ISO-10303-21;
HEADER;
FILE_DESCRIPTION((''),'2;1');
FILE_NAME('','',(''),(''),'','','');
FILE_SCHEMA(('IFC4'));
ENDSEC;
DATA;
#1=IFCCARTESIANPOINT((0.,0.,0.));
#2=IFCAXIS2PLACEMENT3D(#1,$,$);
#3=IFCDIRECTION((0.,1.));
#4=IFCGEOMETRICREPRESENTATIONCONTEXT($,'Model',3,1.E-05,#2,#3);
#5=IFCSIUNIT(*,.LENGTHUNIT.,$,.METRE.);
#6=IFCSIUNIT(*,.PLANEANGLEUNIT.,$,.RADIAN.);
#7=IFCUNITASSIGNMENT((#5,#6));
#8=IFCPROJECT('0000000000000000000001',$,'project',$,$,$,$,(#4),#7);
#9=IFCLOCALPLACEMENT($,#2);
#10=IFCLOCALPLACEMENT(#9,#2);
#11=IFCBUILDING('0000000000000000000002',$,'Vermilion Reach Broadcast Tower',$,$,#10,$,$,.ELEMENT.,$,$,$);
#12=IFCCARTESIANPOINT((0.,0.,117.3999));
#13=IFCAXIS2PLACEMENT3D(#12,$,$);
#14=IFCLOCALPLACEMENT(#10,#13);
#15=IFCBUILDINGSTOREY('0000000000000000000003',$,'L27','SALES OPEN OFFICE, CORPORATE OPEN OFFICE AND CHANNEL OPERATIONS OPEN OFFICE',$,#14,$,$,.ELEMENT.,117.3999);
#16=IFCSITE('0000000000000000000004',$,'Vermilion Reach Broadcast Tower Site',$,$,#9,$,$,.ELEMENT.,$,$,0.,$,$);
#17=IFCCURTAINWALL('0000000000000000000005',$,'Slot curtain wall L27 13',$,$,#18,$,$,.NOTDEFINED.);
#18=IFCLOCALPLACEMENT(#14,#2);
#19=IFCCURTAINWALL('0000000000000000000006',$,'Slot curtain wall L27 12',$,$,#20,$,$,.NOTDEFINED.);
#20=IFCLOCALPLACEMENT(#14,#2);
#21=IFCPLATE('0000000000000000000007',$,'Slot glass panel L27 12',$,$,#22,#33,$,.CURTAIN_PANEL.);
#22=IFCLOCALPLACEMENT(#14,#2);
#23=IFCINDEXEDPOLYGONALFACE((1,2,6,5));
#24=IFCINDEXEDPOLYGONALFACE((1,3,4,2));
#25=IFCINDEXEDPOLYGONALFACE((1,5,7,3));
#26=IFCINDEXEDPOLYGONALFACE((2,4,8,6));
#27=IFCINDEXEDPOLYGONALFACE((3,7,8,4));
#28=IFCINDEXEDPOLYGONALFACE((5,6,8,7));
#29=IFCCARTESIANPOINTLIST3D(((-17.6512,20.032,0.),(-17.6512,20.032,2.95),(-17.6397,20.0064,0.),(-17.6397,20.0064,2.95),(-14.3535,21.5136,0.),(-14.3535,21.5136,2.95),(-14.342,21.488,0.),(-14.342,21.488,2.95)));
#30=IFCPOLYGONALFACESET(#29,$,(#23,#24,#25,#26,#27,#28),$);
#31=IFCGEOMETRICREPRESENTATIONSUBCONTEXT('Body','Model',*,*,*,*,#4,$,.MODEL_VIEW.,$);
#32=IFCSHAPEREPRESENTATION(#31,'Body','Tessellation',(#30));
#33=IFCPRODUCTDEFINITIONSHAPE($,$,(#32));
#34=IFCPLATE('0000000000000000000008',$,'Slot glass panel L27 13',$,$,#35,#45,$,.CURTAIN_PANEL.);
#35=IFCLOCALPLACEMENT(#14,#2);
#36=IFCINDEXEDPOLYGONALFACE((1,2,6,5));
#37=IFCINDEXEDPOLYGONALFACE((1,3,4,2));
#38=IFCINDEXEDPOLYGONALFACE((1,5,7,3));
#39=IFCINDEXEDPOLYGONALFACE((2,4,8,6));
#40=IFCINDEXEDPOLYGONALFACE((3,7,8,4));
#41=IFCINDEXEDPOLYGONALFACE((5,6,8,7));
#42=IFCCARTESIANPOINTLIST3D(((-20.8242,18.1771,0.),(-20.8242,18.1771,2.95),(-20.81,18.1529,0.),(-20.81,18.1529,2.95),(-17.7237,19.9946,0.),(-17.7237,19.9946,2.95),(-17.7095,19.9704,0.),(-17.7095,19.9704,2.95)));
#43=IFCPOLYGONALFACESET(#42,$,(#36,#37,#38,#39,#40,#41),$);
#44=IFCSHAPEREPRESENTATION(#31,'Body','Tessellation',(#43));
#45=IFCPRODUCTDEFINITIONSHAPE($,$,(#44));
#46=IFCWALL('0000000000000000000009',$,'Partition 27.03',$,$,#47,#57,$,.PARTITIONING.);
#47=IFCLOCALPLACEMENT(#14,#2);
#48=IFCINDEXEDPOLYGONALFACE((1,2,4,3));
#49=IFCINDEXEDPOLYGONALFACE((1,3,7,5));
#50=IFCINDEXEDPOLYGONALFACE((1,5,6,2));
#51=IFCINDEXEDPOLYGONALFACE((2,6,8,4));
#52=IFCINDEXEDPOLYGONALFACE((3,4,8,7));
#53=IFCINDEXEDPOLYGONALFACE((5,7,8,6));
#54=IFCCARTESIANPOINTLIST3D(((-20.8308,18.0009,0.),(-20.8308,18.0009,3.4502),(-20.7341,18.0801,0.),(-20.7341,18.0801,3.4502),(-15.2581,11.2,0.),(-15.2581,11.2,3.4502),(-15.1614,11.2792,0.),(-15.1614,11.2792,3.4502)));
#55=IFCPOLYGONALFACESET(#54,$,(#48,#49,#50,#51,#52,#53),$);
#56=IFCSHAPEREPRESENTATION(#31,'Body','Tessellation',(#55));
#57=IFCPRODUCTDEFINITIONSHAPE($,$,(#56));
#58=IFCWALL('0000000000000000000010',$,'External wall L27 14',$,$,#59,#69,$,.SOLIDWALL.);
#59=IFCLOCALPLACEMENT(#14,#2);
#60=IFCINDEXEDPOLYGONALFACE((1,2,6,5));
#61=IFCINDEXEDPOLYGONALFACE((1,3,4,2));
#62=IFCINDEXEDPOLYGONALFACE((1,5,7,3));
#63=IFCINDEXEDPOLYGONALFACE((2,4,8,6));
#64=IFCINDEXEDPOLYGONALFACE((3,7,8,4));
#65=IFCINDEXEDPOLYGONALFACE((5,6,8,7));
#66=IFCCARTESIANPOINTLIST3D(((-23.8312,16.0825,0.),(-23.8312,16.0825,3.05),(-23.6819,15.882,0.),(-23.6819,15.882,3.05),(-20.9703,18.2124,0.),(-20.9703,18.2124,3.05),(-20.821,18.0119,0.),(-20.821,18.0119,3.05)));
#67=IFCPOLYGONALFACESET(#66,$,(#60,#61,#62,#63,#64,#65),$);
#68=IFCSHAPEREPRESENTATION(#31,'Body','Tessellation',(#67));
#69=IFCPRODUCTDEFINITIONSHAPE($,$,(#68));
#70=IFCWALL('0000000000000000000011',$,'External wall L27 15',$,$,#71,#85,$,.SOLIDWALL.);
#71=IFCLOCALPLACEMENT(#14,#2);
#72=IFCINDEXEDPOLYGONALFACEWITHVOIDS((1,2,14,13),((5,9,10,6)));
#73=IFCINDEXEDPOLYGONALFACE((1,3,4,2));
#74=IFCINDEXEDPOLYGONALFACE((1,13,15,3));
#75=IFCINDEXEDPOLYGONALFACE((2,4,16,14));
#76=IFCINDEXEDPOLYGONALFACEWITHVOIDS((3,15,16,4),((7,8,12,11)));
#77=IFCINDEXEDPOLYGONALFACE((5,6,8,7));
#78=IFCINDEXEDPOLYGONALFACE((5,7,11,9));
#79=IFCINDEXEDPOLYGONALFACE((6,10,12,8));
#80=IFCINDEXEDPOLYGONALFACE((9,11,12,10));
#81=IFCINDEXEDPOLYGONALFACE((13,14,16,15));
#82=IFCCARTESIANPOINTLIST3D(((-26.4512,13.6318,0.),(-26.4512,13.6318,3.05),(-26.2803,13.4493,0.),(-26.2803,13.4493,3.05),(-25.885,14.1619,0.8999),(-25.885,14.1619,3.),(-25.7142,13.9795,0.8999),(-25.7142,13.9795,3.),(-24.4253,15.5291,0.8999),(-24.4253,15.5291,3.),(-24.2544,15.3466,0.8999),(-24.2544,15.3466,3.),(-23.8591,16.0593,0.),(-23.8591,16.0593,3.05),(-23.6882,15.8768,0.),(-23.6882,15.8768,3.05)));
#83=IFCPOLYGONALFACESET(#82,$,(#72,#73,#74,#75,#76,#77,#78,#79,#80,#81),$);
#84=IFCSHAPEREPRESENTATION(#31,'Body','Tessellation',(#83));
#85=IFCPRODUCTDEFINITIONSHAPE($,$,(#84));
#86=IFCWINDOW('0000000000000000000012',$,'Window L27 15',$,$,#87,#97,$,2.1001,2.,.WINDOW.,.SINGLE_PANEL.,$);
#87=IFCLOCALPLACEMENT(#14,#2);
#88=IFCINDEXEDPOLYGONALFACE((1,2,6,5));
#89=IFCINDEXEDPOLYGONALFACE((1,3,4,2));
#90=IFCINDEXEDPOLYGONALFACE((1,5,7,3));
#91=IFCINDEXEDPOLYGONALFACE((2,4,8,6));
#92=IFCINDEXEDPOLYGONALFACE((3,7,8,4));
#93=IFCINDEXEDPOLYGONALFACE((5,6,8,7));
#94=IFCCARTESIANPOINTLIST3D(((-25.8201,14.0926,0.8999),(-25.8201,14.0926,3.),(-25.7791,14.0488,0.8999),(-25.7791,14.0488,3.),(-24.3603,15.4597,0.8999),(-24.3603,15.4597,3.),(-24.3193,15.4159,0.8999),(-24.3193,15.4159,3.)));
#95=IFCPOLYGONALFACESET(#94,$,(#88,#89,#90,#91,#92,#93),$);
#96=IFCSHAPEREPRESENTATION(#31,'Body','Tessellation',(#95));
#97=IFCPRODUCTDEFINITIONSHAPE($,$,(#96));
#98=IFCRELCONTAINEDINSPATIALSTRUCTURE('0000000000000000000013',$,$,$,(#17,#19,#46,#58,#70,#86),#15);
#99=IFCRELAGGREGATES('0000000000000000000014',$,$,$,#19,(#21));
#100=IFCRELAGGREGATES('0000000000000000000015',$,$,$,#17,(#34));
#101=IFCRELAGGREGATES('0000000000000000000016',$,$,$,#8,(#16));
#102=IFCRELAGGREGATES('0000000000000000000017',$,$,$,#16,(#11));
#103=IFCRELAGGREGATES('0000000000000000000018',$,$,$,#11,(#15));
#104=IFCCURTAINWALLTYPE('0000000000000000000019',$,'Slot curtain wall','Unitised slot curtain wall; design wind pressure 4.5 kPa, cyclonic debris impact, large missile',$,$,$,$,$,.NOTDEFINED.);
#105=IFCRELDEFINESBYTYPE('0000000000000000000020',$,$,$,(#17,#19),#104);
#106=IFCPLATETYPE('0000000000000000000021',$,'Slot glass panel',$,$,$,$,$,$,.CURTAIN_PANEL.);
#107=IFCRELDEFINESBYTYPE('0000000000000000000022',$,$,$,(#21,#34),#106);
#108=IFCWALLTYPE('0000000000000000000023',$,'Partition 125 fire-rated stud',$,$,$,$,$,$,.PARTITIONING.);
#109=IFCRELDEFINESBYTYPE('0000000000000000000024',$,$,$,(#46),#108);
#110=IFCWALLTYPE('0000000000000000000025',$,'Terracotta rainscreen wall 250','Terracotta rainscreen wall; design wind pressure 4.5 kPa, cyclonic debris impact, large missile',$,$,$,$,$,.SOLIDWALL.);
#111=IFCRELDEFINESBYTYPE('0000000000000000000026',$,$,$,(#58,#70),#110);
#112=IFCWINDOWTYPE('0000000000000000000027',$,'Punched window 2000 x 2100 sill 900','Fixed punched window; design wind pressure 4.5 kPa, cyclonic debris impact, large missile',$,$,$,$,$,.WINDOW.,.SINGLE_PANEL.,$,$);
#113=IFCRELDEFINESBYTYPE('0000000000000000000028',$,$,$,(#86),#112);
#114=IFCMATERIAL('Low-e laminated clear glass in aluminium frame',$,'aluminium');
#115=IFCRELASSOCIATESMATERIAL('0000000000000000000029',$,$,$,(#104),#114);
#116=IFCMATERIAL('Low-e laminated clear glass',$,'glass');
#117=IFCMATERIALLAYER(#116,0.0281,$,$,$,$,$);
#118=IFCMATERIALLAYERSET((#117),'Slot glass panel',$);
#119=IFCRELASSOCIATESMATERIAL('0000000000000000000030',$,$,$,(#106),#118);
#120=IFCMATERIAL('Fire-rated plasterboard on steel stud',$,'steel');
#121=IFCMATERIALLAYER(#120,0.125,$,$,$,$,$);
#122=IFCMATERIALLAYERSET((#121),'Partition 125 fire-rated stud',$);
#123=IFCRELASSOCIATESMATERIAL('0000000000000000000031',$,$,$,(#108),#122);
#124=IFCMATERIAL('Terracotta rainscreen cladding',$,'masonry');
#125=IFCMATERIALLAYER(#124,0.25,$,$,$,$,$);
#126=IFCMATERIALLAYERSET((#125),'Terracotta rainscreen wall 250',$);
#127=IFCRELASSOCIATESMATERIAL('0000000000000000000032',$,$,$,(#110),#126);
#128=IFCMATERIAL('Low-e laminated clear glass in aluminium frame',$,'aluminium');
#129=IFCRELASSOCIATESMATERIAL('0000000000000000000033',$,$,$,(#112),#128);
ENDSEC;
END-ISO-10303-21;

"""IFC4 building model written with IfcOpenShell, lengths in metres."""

from ifc_helpers import new_model, si_unit, direction, frame, frame_2d, origin, origin_2d, place, context, subcontext, project, spatial, rectangle, extrude, material, layer, layer_set, type_object, element, fill, aggregate, save


model = new_model("IFC4")

# Units and contexts
model_context = context("Model", 3, precision=1e-05, world=origin(), true_north=direction((0.0, 1.0)))
body_context = subcontext(model_context, "Body", "Model", "MODEL_VIEW")
ifc_project = project(units=[si_unit("LENGTHUNIT", "METRE"), si_unit("PLANEANGLEUNIT", "RADIAN")], contexts=[model_context])

# Site, building, storey
site_placement = place(None, origin())
site = spatial("IfcSite", under=ifc_project, at=site_placement, Name="Vermilion Reach Broadcast Tower Site", CompositionType="ELEMENT", RefElevation=0.0)
building_placement = place(site_placement, origin())
building = spatial("IfcBuilding", under=site, at=building_placement, Name="Vermilion Reach Broadcast Tower", CompositionType="ELEMENT")
storey_placement = place(building_placement, frame((0.0, 0.0, 117.3999)))
storey = spatial("IfcBuildingStorey", under=building, at=storey_placement, Name="L27", Description="SALES OPEN OFFICE, CORPORATE OPEN OFFICE AND CHANNEL OPERATIONS OPEN OFFICE", CompositionType="ELEMENT", Elevation=117.3999)

# Curtain wall
ifc_material_1 = material(Name="Low-e laminated clear glass in aluminium frame", Category="aluminium")
curtain_wall_type = type_object("IfcCurtainWallType", Name="Slot curtain wall", Description="Unitised slot curtain wall; design wind pressure 4.5 kPa, cyclonic debris impact, large missile", PredefinedType="NOTDEFINED", material=ifc_material_1)
placement = place(storey_placement, origin())
curtain_wall_1 = element("IfcCurtainWall", 1, at=placement, inside=storey, type_object=curtain_wall_type, Name="Slot curtain wall L27 13", PredefinedType="NOTDEFINED")

# Curtain wall, plate
curtain_wall_2 = element("IfcCurtainWall", 2, at=placement, inside=storey, type_object=curtain_wall_type, Name="Slot curtain wall L27 12", PredefinedType="NOTDEFINED")
ifc_material_2 = material(Name="Low-e laminated clear glass", Category="glass")
ifc_layer_1 = layer(ifc_material_2, 0.0281)
ifc_layer_set_1 = layer_set([ifc_layer_1], Name="Slot glass panel")
plate_type = type_object("IfcPlateType", Name="Slot glass panel", PredefinedType="CURTAIN_PANEL", material=ifc_layer_set_1)
plate_1_placement = place(storey_placement, frame((-15.9966, 20.76, 0.0), z_axis=(0.0, 0.0, 1.0), x_axis=(-0.912161, -0.409832, 0.0)))
plate_1 = element("IfcPlate", 3, at=plate_1_placement, type_object=plate_type, Name="Slot glass panel L27 12", PredefinedType="CURTAIN_PANEL", context=body_context, shape_type="SweptSolid", body=[
    extrude(rectangle(XDim=3.6152, YDim=0.0281, at=origin_2d()), origin(), (0.0, 0.0, 1.0), 2.95),
])
aggregate(curtain_wall_2, [plate_1])

# Plate
plate_2_placement = place(storey_placement, frame((-19.2668, 19.0737, 0.0), z_axis=(0.0, 0.0, 1.0), x_axis=(-0.862712, -0.505696, 0.0)))
plate_2 = element("IfcPlate", 4, at=plate_2_placement, type_object=plate_type, Name="Slot glass panel L27 13", PredefinedType="CURTAIN_PANEL", context=body_context, shape_type="SweptSolid", body=[
    extrude(rectangle(XDim=3.594, YDim=0.0281, at=origin_2d()), origin(), (0.0, 0.0, 1.0), 2.95),
])
aggregate(curtain_wall_1, [plate_2])

# Walls
ifc_material_3 = material(Name="Fire-rated plasterboard on steel stud", Category="steel")
ifc_layer_2 = layer(ifc_material_3, 0.125)
ifc_layer_set_2 = layer_set([ifc_layer_2], Name="Partition 125 fire-rated stud")
wall_type_1 = type_object("IfcWallType", Name="Partition 125 fire-rated stud", PredefinedType="PARTITIONING", material=ifc_layer_set_2)
wall_1_placement = place(storey_placement, frame((-20.7825, 18.0405, 0.0), z_axis=(0.0, 0.0, 1.0), x_axis=(0.633802, -0.773496, 0.0)))
element("IfcWall", 5, at=wall_1_placement, inside=storey, type_object=wall_type_1, Name="Partition 27.03", PredefinedType="PARTITIONING", context=body_context, shape_type="SweptSolid", body=[
    extrude(rectangle(XDim=8.7925, YDim=0.125, at=frame_2d((4.3962, 0.0))), origin(), (0.0, 0.0, 1.0), 3.4502),
])
ifc_material_4 = material(Name="Terracotta rainscreen cladding", Category="masonry")
ifc_layer_3 = layer(ifc_material_4, 0.25)
ifc_layer_set_3 = layer_set([ifc_layer_3], Name="Terracotta rainscreen wall 250")
wall_type_2 = type_object("IfcWallType", Name="Terracotta rainscreen wall 250", Description="Terracotta rainscreen wall; design wind pressure 4.5 kPa, cyclonic debris impact, large missile", PredefinedType="SOLIDWALL", material=ifc_layer_set_3)
wall_2_placement = place(storey_placement, frame((-20.8958, 18.1121, 0.0), z_axis=(0.0, 0.0, 1.0), x_axis=(-0.802114, -0.597171, 0.0)))
element("IfcWall", 6, at=wall_2_placement, inside=storey, type_object=wall_type_2, Name="External wall L27 14", PredefinedType="SOLIDWALL", context=body_context, shape_type="SweptSolid", body=[
    extrude(rectangle(XDim=3.5667, YDim=0.25, at=frame_2d((1.7832, 0.0))), origin(), (0.0, 0.0, 1.0), 3.05),
])

# Wall, opening, window
wall_3_placement = place(storey_placement, frame((-23.7737, 15.968, 0.0), z_axis=(0.0, 0.0, 1.0), x_axis=(-0.729895, -0.683559, 0.0)))
wall_3 = element("IfcWall", 7, at=wall_3_placement, inside=storey, type_object=wall_type_2, Name="External wall L27 15", PredefinedType="SOLIDWALL", context=body_context, shape_type="SweptSolid", body=[
    extrude(rectangle(XDim=3.5513, YDim=0.25, at=frame_2d((1.7756, 0.0))), origin(), (0.0, 0.0, 1.0), 3.05),
])
opening_1_placement = place(wall_3_placement, frame((0.7756, 0.0, 0.8999)))
opening_1 = element("IfcOpeningElement", 8, at=opening_1_placement, cuts=wall_3, PredefinedType="OPENING", context=body_context, shape_type="SweptSolid", body=[
    extrude(rectangle(XDim=2.0, YDim=2.1001, at=frame_2d((1.0, 1.05))), frame((0.0, 0.135, 0.0), z_axis=(0.0, -1.0, 0.0), x_axis=(1.0, 0.0, 0.0)), (0.0, 0.0, 1.0), 0.27),
])
ifc_material_5 = material(Name="Low-e laminated clear glass in aluminium frame", Category="aluminium")
window_type = type_object("IfcWindowType", Name="Punched window 2000 x 2100 sill 900", Description="Fixed punched window; design wind pressure 4.5 kPa, cyclonic debris impact, large missile", PartitioningType="SINGLE_PANEL", PredefinedType="WINDOW", material=ifc_material_5)
window_placement = place(opening_1_placement, origin())
window = element("IfcWindow", 9, at=window_placement, inside=storey, type_object=window_type, Name="Window L27 15", OverallHeight=2.1001, OverallWidth=2.0, PartitioningType="SINGLE_PANEL", PredefinedType="WINDOW", context=body_context, shape_type="SweptSolid", body=[
    extrude(rectangle(XDim=2.0, YDim=2.1001, at=frame_2d((1.0, 1.05))), frame((0.0, 0.03, 0.0), z_axis=(0.0, -1.0, 0.0), x_axis=(1.0, 0.0, 0.0)), (0.0, 0.0, 1.0), 0.0601),
])
fill(opening_1, window)

save(model, "model.ifc")
